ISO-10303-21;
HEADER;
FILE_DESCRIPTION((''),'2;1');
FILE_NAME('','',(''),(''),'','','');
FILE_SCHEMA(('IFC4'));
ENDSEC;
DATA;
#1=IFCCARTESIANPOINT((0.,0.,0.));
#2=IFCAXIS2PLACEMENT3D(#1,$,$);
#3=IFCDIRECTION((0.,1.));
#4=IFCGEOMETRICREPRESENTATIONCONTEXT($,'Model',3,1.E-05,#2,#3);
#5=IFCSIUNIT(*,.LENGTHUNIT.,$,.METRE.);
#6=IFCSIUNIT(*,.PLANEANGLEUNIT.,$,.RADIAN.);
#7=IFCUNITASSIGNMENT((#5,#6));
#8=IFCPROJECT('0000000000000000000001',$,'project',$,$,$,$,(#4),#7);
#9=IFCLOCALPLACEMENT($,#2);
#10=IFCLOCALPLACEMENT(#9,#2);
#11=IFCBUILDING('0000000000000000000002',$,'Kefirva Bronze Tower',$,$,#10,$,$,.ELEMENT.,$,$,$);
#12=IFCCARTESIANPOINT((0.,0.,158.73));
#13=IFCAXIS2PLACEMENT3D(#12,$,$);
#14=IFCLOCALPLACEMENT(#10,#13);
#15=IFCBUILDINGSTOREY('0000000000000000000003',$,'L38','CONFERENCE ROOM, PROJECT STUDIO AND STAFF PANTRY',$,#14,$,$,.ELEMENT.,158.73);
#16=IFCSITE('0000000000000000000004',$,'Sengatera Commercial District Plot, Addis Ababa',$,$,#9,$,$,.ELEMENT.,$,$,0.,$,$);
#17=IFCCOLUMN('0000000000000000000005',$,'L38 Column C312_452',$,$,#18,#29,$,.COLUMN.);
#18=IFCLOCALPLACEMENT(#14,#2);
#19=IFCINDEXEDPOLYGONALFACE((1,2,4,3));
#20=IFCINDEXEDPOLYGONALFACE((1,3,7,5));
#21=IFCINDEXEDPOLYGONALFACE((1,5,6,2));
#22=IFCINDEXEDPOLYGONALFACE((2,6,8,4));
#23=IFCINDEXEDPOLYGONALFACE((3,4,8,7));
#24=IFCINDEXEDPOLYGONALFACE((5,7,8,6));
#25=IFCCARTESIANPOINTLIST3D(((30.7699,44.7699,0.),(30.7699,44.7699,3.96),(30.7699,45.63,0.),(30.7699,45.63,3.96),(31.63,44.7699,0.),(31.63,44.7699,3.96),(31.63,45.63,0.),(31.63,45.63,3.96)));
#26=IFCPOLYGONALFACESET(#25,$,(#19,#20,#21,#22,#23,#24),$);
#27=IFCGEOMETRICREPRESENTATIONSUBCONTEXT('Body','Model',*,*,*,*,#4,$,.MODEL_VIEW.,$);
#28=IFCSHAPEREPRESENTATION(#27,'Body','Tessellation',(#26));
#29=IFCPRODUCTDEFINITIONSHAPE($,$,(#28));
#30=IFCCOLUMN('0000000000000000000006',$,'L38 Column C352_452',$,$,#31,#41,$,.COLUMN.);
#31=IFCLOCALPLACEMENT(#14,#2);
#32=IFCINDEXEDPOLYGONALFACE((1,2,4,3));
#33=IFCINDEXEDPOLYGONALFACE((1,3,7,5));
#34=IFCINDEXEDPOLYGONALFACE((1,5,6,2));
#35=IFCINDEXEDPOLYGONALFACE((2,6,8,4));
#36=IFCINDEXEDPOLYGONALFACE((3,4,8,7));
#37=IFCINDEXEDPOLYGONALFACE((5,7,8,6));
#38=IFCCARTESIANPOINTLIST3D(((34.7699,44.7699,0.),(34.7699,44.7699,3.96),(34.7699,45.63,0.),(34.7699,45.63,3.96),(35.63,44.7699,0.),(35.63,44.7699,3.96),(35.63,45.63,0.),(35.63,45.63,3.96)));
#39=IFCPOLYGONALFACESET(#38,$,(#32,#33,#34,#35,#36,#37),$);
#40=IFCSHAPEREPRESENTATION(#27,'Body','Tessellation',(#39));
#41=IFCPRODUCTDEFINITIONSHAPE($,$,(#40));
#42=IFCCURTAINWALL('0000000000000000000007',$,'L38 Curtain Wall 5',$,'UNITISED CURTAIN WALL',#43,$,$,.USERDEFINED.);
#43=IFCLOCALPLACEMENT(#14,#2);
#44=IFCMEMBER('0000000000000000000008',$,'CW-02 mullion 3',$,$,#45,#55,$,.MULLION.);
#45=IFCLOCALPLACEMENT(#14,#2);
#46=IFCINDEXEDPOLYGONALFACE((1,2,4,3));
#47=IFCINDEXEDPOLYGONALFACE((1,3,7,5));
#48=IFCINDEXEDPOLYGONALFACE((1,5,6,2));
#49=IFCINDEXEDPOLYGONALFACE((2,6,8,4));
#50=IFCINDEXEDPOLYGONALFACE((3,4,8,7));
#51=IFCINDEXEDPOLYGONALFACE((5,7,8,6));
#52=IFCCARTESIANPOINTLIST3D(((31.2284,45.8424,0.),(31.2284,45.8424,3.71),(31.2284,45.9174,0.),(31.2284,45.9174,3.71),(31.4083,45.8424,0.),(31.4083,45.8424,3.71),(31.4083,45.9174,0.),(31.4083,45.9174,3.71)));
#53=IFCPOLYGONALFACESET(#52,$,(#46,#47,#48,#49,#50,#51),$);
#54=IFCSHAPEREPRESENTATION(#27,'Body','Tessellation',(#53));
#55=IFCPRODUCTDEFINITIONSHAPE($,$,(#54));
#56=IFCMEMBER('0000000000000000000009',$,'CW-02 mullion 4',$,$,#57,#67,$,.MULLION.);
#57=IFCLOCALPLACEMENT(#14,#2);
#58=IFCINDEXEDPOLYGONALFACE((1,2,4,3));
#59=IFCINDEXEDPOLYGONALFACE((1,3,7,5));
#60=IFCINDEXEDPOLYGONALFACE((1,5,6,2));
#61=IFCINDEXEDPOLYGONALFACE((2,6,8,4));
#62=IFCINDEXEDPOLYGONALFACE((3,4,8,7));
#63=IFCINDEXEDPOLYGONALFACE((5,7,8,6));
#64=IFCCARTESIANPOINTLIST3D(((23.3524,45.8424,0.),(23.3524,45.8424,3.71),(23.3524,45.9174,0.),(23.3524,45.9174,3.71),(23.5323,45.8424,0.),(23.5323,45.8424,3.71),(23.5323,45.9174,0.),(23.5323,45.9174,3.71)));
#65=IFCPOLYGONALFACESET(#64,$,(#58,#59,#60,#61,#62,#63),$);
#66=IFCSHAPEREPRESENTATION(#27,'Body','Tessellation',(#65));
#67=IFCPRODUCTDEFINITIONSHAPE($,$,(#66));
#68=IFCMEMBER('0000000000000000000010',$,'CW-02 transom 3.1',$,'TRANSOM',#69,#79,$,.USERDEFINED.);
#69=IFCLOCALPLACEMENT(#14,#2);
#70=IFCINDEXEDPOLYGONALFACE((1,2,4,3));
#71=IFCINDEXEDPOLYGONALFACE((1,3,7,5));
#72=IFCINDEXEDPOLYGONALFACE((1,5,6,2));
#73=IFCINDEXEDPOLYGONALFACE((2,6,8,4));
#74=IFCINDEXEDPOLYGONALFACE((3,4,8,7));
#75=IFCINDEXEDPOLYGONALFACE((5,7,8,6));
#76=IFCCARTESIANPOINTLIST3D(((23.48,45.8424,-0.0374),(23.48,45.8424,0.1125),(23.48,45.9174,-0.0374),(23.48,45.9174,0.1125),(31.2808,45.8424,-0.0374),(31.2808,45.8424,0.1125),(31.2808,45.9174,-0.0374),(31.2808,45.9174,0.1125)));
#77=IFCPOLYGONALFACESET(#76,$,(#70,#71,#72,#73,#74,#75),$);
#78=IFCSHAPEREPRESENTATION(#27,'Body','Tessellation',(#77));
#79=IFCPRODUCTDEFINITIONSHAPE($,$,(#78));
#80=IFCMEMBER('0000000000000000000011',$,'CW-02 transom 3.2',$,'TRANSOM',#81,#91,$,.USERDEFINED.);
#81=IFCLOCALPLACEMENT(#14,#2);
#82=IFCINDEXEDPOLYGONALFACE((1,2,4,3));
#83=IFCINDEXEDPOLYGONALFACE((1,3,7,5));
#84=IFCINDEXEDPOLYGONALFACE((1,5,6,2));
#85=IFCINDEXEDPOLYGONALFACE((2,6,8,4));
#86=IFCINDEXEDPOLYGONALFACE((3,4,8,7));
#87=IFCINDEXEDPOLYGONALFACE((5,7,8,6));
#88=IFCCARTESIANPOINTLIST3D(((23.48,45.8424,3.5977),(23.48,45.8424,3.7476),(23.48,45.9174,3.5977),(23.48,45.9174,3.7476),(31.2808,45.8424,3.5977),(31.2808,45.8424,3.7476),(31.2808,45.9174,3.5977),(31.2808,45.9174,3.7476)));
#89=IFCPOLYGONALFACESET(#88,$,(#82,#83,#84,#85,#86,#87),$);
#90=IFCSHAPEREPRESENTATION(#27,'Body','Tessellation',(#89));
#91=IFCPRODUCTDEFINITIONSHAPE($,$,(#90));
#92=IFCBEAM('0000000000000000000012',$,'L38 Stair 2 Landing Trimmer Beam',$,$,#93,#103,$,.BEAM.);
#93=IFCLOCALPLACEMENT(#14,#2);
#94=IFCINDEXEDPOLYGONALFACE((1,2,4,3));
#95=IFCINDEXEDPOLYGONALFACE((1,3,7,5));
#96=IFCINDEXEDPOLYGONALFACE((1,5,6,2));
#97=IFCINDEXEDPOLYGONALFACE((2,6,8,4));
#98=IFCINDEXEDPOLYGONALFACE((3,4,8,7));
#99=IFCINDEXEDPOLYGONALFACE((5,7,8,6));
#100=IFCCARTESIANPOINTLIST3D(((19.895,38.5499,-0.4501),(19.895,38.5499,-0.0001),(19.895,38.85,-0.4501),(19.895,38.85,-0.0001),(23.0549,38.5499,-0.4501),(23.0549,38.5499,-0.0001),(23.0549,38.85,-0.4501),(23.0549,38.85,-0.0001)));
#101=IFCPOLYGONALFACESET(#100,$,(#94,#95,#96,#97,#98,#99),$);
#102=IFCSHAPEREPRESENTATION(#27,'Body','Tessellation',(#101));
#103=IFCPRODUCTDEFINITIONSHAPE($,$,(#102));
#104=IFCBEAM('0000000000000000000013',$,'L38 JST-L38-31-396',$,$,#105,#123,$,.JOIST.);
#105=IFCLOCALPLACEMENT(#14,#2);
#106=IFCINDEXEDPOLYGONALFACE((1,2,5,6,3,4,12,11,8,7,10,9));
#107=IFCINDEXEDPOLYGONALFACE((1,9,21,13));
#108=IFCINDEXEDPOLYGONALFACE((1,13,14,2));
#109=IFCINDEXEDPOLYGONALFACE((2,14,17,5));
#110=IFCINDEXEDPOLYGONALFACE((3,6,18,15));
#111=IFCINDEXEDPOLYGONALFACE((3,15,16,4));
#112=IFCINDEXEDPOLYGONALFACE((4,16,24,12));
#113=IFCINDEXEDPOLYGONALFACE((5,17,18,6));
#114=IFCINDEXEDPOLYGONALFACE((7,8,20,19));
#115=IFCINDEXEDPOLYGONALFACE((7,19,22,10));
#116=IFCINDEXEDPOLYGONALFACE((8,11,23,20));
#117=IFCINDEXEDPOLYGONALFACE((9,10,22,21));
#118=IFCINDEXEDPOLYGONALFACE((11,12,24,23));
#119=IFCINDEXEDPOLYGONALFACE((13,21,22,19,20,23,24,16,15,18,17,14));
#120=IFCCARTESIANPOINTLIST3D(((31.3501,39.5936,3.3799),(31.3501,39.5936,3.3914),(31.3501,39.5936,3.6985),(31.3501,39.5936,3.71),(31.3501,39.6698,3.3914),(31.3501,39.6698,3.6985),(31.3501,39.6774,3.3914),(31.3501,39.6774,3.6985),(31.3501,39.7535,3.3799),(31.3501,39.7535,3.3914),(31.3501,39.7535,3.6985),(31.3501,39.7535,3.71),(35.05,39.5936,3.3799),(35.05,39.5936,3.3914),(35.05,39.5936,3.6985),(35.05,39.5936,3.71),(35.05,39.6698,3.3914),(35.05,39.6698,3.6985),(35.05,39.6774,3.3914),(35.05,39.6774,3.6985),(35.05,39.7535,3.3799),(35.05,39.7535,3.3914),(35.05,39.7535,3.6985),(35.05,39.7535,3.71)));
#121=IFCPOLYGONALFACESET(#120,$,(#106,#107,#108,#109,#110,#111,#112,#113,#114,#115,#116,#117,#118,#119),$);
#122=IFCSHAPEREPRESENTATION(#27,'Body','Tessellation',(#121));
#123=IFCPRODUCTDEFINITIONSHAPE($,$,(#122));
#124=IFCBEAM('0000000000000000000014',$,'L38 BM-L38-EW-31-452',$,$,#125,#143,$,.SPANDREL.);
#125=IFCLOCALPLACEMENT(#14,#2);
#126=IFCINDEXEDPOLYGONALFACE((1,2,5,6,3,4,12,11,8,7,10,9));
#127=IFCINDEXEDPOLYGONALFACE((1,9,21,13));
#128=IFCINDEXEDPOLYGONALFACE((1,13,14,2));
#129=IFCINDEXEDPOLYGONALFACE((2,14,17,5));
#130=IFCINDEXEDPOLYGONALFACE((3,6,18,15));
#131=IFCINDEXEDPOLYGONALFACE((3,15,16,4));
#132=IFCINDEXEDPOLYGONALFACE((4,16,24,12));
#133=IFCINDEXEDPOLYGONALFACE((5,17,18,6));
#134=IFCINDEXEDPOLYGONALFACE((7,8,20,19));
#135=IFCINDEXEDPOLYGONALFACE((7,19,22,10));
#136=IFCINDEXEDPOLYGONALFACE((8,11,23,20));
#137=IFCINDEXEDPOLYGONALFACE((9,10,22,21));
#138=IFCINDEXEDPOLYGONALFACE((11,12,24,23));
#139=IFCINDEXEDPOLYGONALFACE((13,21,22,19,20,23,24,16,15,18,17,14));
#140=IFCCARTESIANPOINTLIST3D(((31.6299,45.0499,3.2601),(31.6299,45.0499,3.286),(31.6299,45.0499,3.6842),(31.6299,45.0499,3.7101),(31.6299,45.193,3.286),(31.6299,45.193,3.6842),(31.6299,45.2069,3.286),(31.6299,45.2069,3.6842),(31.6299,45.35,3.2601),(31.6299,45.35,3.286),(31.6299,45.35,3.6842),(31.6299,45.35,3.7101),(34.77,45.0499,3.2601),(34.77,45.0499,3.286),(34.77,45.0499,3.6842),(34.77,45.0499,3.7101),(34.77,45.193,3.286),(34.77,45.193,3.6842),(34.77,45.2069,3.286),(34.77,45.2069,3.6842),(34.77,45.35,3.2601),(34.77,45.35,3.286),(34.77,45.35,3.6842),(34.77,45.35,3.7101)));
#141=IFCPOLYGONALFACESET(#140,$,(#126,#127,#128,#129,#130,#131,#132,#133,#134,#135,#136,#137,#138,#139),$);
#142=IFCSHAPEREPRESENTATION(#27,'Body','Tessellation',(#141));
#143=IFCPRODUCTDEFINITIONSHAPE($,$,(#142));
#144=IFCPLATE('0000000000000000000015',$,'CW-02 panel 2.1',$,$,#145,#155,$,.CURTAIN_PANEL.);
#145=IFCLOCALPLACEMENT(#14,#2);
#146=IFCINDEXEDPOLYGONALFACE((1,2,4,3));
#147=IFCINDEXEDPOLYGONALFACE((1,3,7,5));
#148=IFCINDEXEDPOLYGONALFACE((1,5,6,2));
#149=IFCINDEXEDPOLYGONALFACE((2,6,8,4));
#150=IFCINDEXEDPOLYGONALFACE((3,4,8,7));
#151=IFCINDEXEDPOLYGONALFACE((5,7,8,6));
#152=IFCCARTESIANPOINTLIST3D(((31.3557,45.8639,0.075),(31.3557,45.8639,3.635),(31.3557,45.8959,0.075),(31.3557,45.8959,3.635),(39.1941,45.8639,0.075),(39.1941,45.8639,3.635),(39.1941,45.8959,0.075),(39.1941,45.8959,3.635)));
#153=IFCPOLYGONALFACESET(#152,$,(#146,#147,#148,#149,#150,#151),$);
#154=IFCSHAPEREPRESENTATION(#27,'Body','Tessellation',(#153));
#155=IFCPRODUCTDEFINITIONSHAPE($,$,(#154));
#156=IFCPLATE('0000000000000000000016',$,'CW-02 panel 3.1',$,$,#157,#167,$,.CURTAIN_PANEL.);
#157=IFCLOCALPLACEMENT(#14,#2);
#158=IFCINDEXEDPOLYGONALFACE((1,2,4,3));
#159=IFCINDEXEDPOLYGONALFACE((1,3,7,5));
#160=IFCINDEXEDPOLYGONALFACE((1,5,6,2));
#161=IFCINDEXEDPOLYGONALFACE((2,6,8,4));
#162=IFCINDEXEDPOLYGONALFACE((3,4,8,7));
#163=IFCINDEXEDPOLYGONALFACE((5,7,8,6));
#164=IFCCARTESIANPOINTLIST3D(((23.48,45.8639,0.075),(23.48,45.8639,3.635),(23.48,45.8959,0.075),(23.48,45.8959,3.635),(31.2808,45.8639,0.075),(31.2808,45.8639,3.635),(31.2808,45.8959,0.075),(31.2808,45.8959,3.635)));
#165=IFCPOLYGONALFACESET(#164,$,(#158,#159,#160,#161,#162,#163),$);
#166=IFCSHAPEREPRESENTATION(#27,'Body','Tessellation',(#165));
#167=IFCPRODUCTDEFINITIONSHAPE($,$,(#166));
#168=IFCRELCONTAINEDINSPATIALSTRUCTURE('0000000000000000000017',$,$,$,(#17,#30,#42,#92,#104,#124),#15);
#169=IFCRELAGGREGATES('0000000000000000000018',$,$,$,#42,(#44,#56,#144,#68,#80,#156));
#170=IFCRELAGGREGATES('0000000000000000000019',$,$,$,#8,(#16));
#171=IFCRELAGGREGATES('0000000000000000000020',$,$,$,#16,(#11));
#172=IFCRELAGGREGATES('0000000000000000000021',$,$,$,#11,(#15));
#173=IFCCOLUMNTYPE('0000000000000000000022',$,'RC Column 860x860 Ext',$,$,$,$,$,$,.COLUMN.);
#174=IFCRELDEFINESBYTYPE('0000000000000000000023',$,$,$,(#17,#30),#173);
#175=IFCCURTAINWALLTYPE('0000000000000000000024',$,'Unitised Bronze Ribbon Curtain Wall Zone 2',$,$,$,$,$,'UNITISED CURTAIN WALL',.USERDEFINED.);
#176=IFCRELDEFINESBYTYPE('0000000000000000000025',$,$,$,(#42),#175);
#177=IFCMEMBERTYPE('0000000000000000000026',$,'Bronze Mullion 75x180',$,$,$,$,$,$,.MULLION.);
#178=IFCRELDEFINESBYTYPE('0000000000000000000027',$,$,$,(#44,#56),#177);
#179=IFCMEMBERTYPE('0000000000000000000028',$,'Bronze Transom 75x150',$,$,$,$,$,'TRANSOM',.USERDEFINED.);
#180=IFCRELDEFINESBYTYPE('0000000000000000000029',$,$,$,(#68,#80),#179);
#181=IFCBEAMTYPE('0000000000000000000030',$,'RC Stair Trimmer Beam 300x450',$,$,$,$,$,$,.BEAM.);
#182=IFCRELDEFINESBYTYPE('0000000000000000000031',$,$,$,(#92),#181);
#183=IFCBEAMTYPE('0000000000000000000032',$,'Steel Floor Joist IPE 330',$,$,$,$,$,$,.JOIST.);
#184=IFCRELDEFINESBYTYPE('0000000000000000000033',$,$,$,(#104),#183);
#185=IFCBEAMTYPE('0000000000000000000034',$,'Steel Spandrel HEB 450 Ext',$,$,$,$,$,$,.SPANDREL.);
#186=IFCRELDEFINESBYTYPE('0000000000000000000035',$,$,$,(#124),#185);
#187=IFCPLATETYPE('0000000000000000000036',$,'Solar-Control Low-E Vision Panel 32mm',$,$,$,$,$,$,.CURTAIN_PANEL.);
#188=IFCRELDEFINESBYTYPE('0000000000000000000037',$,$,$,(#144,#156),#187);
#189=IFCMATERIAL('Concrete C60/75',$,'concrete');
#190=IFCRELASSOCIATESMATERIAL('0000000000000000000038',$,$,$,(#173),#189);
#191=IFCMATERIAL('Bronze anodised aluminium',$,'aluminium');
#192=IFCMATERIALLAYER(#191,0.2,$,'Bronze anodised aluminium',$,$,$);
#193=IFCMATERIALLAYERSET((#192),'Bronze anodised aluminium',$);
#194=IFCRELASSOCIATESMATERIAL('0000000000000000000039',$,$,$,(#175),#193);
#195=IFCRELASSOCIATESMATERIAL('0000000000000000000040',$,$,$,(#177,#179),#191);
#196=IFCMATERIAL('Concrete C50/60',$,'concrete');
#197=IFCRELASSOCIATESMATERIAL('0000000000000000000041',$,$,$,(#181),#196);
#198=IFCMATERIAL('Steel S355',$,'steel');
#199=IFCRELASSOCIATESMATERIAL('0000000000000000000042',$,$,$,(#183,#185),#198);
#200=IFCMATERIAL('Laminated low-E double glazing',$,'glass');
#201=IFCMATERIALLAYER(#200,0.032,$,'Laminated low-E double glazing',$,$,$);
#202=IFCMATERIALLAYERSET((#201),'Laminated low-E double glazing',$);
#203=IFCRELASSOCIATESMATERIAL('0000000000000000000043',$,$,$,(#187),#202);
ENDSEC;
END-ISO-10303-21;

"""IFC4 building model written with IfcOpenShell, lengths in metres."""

from ifc_helpers import new_model, si_unit, direction, frame, origin, origin_2d, place, context, subcontext, project, spatial, rectangle, i_section, extrude, material, layer, layer_set, material_profile, profile_set, type_object, element, aggregate, save


model = new_model("IFC4")

# Units and contexts
model_context = context("Model", 3, precision=1e-05, world=origin(), true_north=direction((0.0, 1.0)))
body_context = subcontext(model_context, "Body", "Model", "MODEL_VIEW")
ifc_project = project(units=[si_unit("LENGTHUNIT", "METRE"), si_unit("PLANEANGLEUNIT", "RADIAN")], contexts=[model_context])

# Site, building, storey
site_placement = place(None, origin())
site = spatial("IfcSite", under=ifc_project, at=site_placement, Name="Sengatera Commercial District Plot, Addis Ababa", CompositionType="ELEMENT", RefElevation=0.0)
building_placement = place(site_placement, origin())
building = spatial("IfcBuilding", under=site, at=building_placement, Name="Kefirva Bronze Tower", CompositionType="ELEMENT")
storey_placement = place(building_placement, frame((0.0, 0.0, 158.73)))
storey = spatial("IfcBuildingStorey", under=building, at=storey_placement, Name="L38", Description="CONFERENCE ROOM, PROJECT STUDIO AND STAFF PANTRY", CompositionType="ELEMENT", Elevation=158.73)

# Columns
ifc_material_1 = material(Name="Concrete C60/75", Category="concrete")
ifc_material_profile_1 = material_profile(ifc_material_1, rectangle(XDim=0.8601, YDim=0.8601, at=origin_2d()), Name="RC 860x860")
ifc_profile_set_1 = profile_set([ifc_material_profile_1], Name="Concrete C60/75")
column_type = type_object("IfcColumnType", Name="RC Column 860x860 Ext", PredefinedType="COLUMN", material=ifc_profile_set_1)
for number, where, z_axis, x_axis, name in (
    (1, (31.2, 45.2, 0.0), (0.0, 0.0, 1.0), (1.0, 0.0, 0.0), "L38 Column C312_452"),
    (2, (35.2, 45.2, 0.0), (0.0, 0.0, 1.0), (1.0, 0.0, 0.0), "L38 Column C352_452"),
):
    element("IfcColumn", number, at=place(storey_placement, frame(where, z_axis=z_axis, x_axis=x_axis)), inside=storey, type_object=column_type, Name=name, PredefinedType="COLUMN", context=body_context, shape_type="SweptSolid", body=[
        extrude(rectangle(XDim=0.8601, YDim=0.8601, at=origin_2d()), origin(), (0.0, 0.0, 1.0), 3.96),
    ])

# Curtain wall, members
ifc_material_2 = material(Name="Bronze anodised aluminium", Category="aluminium")
ifc_layer_1 = layer(ifc_material_2, 0.2, Name="Bronze anodised aluminium")
ifc_layer_set_1 = layer_set([ifc_layer_1], Name="Bronze anodised aluminium")
curtain_wall_type = type_object("IfcCurtainWallType", Name="Unitised Bronze Ribbon Curtain Wall Zone 2", ElementType="UNITISED CURTAIN WALL", PredefinedType="USERDEFINED", material=ifc_layer_set_1)
curtain_wall_placement = place(storey_placement, origin())
curtain_wall = element("IfcCurtainWall", 3, at=curtain_wall_placement, inside=storey, type_object=curtain_wall_type, Name="L38 Curtain Wall 5", ObjectType="UNITISED CURTAIN WALL", PredefinedType="USERDEFINED")
ifc_material_profile_2 = material_profile(ifc_material_2, rectangle(XDim=0.075, YDim=0.1799, at=origin_2d()), Name="ALU 75x180")
ifc_profile_set_2 = profile_set([ifc_material_profile_2], Name="Bronze anodised aluminium")
member_type_1 = type_object("IfcMemberType", Name="Bronze Mullion 75x180", PredefinedType="MULLION", material=ifc_profile_set_2)
member_1_placement = place(storey_placement, frame((31.3184, 45.8799, 0.0), z_axis=(0.0, 0.0, 1.0), x_axis=(0.0, -1.0, 0.0)))
member_1 = element("IfcMember", 4, at=member_1_placement, type_object=member_type_1, Name="CW-02 mullion 3", PredefinedType="MULLION", context=body_context, shape_type="SweptSolid", body=[
    extrude(rectangle(XDim=0.075, YDim=0.1799, at=origin_2d()), origin(), (0.0, 0.0, 1.0), 3.71),
])
member_2_placement = place(storey_placement, frame((23.4424, 45.8799, 0.0), z_axis=(0.0, 0.0, 1.0), x_axis=(0.0, -1.0, 0.0)))
member_2 = element("IfcMember", 5, at=member_2_placement, type_object=member_type_1, Name="CW-02 mullion 4", PredefinedType="MULLION", context=body_context, shape_type="SweptSolid", body=[
    extrude(rectangle(XDim=0.075, YDim=0.1799, at=origin_2d()), origin(), (0.0, 0.0, 1.0), 3.71),
])
ifc_material_profile_3 = material_profile(ifc_material_2, rectangle(XDim=0.075, YDim=0.1499, at=origin_2d()), Name="ALU 75x150")
ifc_profile_set_3 = profile_set([ifc_material_profile_3], Name="Bronze anodised aluminium")
member_type_2 = type_object("IfcMemberType", Name="Bronze Transom 75x150", ElementType="TRANSOM", PredefinedType="USERDEFINED", material=ifc_profile_set_3)
member_3_placement = place(storey_placement, frame((31.2808, 45.8799, 0.0376), z_axis=(-1.0, 0.0, 0.0), x_axis=(0.0, -1.0, 0.0)))
member_3 = element("IfcMember", 6, at=member_3_placement, type_object=member_type_2, Name="CW-02 transom 3.1", ObjectType="TRANSOM", PredefinedType="USERDEFINED", context=body_context, shape_type="SweptSolid", body=[
    extrude(rectangle(XDim=0.075, YDim=0.1499, at=origin_2d()), origin(), (0.0, 0.0, 1.0), 7.8008),
])
member_4_placement = place(storey_placement, frame((31.2808, 45.8799, 3.6726), z_axis=(-1.0, 0.0, 0.0), x_axis=(0.0, -1.0, 0.0)))
member_4 = element("IfcMember", 7, at=member_4_placement, type_object=member_type_2, Name="CW-02 transom 3.2", ObjectType="TRANSOM", PredefinedType="USERDEFINED", context=body_context, shape_type="SweptSolid", body=[
    extrude(rectangle(XDim=0.075, YDim=0.1499, at=origin_2d()), origin(), (0.0, 0.0, 1.0), 7.8008),
])

# Beams
ifc_material_3 = material(Name="Concrete C50/60", Category="concrete")
ifc_material_profile_4 = material_profile(ifc_material_3, rectangle(XDim=0.3, YDim=0.45, at=origin_2d()), Name="RC 300x450")
ifc_profile_set_4 = profile_set([ifc_material_profile_4], Name="Concrete C50/60")
beam_type_1 = type_object("IfcBeamType", Name="RC Stair Trimmer Beam 300x450", PredefinedType="BEAM", material=ifc_profile_set_4)
beam_1_placement = place(storey_placement, frame((19.895, 38.7, -0.2251), z_axis=(1.0, 0.0, 0.0), x_axis=(0.0, 1.0, 0.0)))
element("IfcBeam", 8, at=beam_1_placement, inside=storey, type_object=beam_type_1, Name="L38 Stair 2 Landing Trimmer Beam", PredefinedType="BEAM", context=body_context, shape_type="SweptSolid", body=[
    extrude(rectangle(XDim=0.3, YDim=0.45, at=origin_2d()), origin(), (0.0, 0.0, 1.0), 3.1599),
])
ifc_material_4 = material(Name="Steel S355", Category="steel")
ifc_material_profile_5 = material_profile(ifc_material_4, i_section(OverallWidth=0.1599, OverallDepth=0.3301, WebThickness=0.0076, FlangeThickness=0.0115, at=origin_2d()), Name="IPE 330")
ifc_profile_set_5 = profile_set([ifc_material_profile_5], Name="Steel S355")
beam_type_2 = type_object("IfcBeamType", Name="Steel Floor Joist IPE 330", PredefinedType="JOIST", material=ifc_profile_set_5)
beam_2_placement = place(storey_placement, frame((31.3501, 39.6736, 3.5449), z_axis=(1.0, 0.0, 0.0), x_axis=(0.0, 1.0, 0.0)))
element("IfcBeam", 9, at=beam_2_placement, inside=storey, type_object=beam_type_2, Name="L38 JST-L38-31-396", PredefinedType="JOIST", context=body_context, shape_type="SweptSolid", body=[
    extrude(i_section(OverallWidth=0.1599, OverallDepth=0.3301, WebThickness=0.0076, FlangeThickness=0.0115, at=origin_2d()), origin(), (0.0, 0.0, 1.0), 3.7),
])
ifc_material_profile_6 = material_profile(ifc_material_4, i_section(OverallWidth=0.3, OverallDepth=0.45, WebThickness=0.0139, FlangeThickness=0.0259, at=origin_2d()), Name="HEB 450")
ifc_profile_set_6 = profile_set([ifc_material_profile_6], Name="Steel S355")
beam_type_3 = type_object("IfcBeamType", Name="Steel Spandrel HEB 450 Ext", PredefinedType="SPANDREL", material=ifc_profile_set_6)
beam_3_placement = place(storey_placement, frame((31.6299, 45.2, 3.4851), z_axis=(1.0, 0.0, 0.0), x_axis=(0.0, 1.0, 0.0)))
element("IfcBeam", 10, at=beam_3_placement, inside=storey, type_object=beam_type_3, Name="L38 BM-L38-EW-31-452", PredefinedType="SPANDREL", context=body_context, shape_type="SweptSolid", body=[
    extrude(i_section(OverallWidth=0.3, OverallDepth=0.45, WebThickness=0.0139, FlangeThickness=0.0259, at=origin_2d()), origin(), (0.0, 0.0, 1.0), 3.1401),
])

# Plates
ifc_material_5 = material(Name="Laminated low-E double glazing", Category="glass")
ifc_layer_2 = layer(ifc_material_5, 0.032, Name="Laminated low-E double glazing")
ifc_layer_set_2 = layer_set([ifc_layer_2], Name="Laminated low-E double glazing")
plate_type = type_object("IfcPlateType", Name="Solar-Control Low-E Vision Panel 32mm", PredefinedType="CURTAIN_PANEL", material=ifc_layer_set_2)
plate_1_placement = place(storey_placement, frame((35.2749, 45.8799, 0.075), z_axis=(0.0, 0.0, 1.0), x_axis=(-1.0, 0.0, 0.0)))
plate_1 = element("IfcPlate", 11, at=plate_1_placement, type_object=plate_type, Name="CW-02 panel 2.1", PredefinedType="CURTAIN_PANEL", context=body_context, shape_type="SweptSolid", body=[
    extrude(rectangle(XDim=7.8384, YDim=0.032, at=origin_2d()), origin(), (0.0, 0.0, 1.0), 3.5601),
])
plate_2_placement = place(storey_placement, frame((27.3804, 45.8799, 0.075), z_axis=(0.0, 0.0, 1.0), x_axis=(-1.0, 0.0, 0.0)))
plate_2 = element("IfcPlate", 12, at=plate_2_placement, type_object=plate_type, Name="CW-02 panel 3.1", PredefinedType="CURTAIN_PANEL", context=body_context, shape_type="SweptSolid", body=[
    extrude(rectangle(XDim=7.8008, YDim=0.032, at=origin_2d()), origin(), (0.0, 0.0, 1.0), 3.5601),
])
aggregate(curtain_wall, [member_1, member_2, plate_1, member_3, member_4, plate_2])

save(model, "model.ifc")
